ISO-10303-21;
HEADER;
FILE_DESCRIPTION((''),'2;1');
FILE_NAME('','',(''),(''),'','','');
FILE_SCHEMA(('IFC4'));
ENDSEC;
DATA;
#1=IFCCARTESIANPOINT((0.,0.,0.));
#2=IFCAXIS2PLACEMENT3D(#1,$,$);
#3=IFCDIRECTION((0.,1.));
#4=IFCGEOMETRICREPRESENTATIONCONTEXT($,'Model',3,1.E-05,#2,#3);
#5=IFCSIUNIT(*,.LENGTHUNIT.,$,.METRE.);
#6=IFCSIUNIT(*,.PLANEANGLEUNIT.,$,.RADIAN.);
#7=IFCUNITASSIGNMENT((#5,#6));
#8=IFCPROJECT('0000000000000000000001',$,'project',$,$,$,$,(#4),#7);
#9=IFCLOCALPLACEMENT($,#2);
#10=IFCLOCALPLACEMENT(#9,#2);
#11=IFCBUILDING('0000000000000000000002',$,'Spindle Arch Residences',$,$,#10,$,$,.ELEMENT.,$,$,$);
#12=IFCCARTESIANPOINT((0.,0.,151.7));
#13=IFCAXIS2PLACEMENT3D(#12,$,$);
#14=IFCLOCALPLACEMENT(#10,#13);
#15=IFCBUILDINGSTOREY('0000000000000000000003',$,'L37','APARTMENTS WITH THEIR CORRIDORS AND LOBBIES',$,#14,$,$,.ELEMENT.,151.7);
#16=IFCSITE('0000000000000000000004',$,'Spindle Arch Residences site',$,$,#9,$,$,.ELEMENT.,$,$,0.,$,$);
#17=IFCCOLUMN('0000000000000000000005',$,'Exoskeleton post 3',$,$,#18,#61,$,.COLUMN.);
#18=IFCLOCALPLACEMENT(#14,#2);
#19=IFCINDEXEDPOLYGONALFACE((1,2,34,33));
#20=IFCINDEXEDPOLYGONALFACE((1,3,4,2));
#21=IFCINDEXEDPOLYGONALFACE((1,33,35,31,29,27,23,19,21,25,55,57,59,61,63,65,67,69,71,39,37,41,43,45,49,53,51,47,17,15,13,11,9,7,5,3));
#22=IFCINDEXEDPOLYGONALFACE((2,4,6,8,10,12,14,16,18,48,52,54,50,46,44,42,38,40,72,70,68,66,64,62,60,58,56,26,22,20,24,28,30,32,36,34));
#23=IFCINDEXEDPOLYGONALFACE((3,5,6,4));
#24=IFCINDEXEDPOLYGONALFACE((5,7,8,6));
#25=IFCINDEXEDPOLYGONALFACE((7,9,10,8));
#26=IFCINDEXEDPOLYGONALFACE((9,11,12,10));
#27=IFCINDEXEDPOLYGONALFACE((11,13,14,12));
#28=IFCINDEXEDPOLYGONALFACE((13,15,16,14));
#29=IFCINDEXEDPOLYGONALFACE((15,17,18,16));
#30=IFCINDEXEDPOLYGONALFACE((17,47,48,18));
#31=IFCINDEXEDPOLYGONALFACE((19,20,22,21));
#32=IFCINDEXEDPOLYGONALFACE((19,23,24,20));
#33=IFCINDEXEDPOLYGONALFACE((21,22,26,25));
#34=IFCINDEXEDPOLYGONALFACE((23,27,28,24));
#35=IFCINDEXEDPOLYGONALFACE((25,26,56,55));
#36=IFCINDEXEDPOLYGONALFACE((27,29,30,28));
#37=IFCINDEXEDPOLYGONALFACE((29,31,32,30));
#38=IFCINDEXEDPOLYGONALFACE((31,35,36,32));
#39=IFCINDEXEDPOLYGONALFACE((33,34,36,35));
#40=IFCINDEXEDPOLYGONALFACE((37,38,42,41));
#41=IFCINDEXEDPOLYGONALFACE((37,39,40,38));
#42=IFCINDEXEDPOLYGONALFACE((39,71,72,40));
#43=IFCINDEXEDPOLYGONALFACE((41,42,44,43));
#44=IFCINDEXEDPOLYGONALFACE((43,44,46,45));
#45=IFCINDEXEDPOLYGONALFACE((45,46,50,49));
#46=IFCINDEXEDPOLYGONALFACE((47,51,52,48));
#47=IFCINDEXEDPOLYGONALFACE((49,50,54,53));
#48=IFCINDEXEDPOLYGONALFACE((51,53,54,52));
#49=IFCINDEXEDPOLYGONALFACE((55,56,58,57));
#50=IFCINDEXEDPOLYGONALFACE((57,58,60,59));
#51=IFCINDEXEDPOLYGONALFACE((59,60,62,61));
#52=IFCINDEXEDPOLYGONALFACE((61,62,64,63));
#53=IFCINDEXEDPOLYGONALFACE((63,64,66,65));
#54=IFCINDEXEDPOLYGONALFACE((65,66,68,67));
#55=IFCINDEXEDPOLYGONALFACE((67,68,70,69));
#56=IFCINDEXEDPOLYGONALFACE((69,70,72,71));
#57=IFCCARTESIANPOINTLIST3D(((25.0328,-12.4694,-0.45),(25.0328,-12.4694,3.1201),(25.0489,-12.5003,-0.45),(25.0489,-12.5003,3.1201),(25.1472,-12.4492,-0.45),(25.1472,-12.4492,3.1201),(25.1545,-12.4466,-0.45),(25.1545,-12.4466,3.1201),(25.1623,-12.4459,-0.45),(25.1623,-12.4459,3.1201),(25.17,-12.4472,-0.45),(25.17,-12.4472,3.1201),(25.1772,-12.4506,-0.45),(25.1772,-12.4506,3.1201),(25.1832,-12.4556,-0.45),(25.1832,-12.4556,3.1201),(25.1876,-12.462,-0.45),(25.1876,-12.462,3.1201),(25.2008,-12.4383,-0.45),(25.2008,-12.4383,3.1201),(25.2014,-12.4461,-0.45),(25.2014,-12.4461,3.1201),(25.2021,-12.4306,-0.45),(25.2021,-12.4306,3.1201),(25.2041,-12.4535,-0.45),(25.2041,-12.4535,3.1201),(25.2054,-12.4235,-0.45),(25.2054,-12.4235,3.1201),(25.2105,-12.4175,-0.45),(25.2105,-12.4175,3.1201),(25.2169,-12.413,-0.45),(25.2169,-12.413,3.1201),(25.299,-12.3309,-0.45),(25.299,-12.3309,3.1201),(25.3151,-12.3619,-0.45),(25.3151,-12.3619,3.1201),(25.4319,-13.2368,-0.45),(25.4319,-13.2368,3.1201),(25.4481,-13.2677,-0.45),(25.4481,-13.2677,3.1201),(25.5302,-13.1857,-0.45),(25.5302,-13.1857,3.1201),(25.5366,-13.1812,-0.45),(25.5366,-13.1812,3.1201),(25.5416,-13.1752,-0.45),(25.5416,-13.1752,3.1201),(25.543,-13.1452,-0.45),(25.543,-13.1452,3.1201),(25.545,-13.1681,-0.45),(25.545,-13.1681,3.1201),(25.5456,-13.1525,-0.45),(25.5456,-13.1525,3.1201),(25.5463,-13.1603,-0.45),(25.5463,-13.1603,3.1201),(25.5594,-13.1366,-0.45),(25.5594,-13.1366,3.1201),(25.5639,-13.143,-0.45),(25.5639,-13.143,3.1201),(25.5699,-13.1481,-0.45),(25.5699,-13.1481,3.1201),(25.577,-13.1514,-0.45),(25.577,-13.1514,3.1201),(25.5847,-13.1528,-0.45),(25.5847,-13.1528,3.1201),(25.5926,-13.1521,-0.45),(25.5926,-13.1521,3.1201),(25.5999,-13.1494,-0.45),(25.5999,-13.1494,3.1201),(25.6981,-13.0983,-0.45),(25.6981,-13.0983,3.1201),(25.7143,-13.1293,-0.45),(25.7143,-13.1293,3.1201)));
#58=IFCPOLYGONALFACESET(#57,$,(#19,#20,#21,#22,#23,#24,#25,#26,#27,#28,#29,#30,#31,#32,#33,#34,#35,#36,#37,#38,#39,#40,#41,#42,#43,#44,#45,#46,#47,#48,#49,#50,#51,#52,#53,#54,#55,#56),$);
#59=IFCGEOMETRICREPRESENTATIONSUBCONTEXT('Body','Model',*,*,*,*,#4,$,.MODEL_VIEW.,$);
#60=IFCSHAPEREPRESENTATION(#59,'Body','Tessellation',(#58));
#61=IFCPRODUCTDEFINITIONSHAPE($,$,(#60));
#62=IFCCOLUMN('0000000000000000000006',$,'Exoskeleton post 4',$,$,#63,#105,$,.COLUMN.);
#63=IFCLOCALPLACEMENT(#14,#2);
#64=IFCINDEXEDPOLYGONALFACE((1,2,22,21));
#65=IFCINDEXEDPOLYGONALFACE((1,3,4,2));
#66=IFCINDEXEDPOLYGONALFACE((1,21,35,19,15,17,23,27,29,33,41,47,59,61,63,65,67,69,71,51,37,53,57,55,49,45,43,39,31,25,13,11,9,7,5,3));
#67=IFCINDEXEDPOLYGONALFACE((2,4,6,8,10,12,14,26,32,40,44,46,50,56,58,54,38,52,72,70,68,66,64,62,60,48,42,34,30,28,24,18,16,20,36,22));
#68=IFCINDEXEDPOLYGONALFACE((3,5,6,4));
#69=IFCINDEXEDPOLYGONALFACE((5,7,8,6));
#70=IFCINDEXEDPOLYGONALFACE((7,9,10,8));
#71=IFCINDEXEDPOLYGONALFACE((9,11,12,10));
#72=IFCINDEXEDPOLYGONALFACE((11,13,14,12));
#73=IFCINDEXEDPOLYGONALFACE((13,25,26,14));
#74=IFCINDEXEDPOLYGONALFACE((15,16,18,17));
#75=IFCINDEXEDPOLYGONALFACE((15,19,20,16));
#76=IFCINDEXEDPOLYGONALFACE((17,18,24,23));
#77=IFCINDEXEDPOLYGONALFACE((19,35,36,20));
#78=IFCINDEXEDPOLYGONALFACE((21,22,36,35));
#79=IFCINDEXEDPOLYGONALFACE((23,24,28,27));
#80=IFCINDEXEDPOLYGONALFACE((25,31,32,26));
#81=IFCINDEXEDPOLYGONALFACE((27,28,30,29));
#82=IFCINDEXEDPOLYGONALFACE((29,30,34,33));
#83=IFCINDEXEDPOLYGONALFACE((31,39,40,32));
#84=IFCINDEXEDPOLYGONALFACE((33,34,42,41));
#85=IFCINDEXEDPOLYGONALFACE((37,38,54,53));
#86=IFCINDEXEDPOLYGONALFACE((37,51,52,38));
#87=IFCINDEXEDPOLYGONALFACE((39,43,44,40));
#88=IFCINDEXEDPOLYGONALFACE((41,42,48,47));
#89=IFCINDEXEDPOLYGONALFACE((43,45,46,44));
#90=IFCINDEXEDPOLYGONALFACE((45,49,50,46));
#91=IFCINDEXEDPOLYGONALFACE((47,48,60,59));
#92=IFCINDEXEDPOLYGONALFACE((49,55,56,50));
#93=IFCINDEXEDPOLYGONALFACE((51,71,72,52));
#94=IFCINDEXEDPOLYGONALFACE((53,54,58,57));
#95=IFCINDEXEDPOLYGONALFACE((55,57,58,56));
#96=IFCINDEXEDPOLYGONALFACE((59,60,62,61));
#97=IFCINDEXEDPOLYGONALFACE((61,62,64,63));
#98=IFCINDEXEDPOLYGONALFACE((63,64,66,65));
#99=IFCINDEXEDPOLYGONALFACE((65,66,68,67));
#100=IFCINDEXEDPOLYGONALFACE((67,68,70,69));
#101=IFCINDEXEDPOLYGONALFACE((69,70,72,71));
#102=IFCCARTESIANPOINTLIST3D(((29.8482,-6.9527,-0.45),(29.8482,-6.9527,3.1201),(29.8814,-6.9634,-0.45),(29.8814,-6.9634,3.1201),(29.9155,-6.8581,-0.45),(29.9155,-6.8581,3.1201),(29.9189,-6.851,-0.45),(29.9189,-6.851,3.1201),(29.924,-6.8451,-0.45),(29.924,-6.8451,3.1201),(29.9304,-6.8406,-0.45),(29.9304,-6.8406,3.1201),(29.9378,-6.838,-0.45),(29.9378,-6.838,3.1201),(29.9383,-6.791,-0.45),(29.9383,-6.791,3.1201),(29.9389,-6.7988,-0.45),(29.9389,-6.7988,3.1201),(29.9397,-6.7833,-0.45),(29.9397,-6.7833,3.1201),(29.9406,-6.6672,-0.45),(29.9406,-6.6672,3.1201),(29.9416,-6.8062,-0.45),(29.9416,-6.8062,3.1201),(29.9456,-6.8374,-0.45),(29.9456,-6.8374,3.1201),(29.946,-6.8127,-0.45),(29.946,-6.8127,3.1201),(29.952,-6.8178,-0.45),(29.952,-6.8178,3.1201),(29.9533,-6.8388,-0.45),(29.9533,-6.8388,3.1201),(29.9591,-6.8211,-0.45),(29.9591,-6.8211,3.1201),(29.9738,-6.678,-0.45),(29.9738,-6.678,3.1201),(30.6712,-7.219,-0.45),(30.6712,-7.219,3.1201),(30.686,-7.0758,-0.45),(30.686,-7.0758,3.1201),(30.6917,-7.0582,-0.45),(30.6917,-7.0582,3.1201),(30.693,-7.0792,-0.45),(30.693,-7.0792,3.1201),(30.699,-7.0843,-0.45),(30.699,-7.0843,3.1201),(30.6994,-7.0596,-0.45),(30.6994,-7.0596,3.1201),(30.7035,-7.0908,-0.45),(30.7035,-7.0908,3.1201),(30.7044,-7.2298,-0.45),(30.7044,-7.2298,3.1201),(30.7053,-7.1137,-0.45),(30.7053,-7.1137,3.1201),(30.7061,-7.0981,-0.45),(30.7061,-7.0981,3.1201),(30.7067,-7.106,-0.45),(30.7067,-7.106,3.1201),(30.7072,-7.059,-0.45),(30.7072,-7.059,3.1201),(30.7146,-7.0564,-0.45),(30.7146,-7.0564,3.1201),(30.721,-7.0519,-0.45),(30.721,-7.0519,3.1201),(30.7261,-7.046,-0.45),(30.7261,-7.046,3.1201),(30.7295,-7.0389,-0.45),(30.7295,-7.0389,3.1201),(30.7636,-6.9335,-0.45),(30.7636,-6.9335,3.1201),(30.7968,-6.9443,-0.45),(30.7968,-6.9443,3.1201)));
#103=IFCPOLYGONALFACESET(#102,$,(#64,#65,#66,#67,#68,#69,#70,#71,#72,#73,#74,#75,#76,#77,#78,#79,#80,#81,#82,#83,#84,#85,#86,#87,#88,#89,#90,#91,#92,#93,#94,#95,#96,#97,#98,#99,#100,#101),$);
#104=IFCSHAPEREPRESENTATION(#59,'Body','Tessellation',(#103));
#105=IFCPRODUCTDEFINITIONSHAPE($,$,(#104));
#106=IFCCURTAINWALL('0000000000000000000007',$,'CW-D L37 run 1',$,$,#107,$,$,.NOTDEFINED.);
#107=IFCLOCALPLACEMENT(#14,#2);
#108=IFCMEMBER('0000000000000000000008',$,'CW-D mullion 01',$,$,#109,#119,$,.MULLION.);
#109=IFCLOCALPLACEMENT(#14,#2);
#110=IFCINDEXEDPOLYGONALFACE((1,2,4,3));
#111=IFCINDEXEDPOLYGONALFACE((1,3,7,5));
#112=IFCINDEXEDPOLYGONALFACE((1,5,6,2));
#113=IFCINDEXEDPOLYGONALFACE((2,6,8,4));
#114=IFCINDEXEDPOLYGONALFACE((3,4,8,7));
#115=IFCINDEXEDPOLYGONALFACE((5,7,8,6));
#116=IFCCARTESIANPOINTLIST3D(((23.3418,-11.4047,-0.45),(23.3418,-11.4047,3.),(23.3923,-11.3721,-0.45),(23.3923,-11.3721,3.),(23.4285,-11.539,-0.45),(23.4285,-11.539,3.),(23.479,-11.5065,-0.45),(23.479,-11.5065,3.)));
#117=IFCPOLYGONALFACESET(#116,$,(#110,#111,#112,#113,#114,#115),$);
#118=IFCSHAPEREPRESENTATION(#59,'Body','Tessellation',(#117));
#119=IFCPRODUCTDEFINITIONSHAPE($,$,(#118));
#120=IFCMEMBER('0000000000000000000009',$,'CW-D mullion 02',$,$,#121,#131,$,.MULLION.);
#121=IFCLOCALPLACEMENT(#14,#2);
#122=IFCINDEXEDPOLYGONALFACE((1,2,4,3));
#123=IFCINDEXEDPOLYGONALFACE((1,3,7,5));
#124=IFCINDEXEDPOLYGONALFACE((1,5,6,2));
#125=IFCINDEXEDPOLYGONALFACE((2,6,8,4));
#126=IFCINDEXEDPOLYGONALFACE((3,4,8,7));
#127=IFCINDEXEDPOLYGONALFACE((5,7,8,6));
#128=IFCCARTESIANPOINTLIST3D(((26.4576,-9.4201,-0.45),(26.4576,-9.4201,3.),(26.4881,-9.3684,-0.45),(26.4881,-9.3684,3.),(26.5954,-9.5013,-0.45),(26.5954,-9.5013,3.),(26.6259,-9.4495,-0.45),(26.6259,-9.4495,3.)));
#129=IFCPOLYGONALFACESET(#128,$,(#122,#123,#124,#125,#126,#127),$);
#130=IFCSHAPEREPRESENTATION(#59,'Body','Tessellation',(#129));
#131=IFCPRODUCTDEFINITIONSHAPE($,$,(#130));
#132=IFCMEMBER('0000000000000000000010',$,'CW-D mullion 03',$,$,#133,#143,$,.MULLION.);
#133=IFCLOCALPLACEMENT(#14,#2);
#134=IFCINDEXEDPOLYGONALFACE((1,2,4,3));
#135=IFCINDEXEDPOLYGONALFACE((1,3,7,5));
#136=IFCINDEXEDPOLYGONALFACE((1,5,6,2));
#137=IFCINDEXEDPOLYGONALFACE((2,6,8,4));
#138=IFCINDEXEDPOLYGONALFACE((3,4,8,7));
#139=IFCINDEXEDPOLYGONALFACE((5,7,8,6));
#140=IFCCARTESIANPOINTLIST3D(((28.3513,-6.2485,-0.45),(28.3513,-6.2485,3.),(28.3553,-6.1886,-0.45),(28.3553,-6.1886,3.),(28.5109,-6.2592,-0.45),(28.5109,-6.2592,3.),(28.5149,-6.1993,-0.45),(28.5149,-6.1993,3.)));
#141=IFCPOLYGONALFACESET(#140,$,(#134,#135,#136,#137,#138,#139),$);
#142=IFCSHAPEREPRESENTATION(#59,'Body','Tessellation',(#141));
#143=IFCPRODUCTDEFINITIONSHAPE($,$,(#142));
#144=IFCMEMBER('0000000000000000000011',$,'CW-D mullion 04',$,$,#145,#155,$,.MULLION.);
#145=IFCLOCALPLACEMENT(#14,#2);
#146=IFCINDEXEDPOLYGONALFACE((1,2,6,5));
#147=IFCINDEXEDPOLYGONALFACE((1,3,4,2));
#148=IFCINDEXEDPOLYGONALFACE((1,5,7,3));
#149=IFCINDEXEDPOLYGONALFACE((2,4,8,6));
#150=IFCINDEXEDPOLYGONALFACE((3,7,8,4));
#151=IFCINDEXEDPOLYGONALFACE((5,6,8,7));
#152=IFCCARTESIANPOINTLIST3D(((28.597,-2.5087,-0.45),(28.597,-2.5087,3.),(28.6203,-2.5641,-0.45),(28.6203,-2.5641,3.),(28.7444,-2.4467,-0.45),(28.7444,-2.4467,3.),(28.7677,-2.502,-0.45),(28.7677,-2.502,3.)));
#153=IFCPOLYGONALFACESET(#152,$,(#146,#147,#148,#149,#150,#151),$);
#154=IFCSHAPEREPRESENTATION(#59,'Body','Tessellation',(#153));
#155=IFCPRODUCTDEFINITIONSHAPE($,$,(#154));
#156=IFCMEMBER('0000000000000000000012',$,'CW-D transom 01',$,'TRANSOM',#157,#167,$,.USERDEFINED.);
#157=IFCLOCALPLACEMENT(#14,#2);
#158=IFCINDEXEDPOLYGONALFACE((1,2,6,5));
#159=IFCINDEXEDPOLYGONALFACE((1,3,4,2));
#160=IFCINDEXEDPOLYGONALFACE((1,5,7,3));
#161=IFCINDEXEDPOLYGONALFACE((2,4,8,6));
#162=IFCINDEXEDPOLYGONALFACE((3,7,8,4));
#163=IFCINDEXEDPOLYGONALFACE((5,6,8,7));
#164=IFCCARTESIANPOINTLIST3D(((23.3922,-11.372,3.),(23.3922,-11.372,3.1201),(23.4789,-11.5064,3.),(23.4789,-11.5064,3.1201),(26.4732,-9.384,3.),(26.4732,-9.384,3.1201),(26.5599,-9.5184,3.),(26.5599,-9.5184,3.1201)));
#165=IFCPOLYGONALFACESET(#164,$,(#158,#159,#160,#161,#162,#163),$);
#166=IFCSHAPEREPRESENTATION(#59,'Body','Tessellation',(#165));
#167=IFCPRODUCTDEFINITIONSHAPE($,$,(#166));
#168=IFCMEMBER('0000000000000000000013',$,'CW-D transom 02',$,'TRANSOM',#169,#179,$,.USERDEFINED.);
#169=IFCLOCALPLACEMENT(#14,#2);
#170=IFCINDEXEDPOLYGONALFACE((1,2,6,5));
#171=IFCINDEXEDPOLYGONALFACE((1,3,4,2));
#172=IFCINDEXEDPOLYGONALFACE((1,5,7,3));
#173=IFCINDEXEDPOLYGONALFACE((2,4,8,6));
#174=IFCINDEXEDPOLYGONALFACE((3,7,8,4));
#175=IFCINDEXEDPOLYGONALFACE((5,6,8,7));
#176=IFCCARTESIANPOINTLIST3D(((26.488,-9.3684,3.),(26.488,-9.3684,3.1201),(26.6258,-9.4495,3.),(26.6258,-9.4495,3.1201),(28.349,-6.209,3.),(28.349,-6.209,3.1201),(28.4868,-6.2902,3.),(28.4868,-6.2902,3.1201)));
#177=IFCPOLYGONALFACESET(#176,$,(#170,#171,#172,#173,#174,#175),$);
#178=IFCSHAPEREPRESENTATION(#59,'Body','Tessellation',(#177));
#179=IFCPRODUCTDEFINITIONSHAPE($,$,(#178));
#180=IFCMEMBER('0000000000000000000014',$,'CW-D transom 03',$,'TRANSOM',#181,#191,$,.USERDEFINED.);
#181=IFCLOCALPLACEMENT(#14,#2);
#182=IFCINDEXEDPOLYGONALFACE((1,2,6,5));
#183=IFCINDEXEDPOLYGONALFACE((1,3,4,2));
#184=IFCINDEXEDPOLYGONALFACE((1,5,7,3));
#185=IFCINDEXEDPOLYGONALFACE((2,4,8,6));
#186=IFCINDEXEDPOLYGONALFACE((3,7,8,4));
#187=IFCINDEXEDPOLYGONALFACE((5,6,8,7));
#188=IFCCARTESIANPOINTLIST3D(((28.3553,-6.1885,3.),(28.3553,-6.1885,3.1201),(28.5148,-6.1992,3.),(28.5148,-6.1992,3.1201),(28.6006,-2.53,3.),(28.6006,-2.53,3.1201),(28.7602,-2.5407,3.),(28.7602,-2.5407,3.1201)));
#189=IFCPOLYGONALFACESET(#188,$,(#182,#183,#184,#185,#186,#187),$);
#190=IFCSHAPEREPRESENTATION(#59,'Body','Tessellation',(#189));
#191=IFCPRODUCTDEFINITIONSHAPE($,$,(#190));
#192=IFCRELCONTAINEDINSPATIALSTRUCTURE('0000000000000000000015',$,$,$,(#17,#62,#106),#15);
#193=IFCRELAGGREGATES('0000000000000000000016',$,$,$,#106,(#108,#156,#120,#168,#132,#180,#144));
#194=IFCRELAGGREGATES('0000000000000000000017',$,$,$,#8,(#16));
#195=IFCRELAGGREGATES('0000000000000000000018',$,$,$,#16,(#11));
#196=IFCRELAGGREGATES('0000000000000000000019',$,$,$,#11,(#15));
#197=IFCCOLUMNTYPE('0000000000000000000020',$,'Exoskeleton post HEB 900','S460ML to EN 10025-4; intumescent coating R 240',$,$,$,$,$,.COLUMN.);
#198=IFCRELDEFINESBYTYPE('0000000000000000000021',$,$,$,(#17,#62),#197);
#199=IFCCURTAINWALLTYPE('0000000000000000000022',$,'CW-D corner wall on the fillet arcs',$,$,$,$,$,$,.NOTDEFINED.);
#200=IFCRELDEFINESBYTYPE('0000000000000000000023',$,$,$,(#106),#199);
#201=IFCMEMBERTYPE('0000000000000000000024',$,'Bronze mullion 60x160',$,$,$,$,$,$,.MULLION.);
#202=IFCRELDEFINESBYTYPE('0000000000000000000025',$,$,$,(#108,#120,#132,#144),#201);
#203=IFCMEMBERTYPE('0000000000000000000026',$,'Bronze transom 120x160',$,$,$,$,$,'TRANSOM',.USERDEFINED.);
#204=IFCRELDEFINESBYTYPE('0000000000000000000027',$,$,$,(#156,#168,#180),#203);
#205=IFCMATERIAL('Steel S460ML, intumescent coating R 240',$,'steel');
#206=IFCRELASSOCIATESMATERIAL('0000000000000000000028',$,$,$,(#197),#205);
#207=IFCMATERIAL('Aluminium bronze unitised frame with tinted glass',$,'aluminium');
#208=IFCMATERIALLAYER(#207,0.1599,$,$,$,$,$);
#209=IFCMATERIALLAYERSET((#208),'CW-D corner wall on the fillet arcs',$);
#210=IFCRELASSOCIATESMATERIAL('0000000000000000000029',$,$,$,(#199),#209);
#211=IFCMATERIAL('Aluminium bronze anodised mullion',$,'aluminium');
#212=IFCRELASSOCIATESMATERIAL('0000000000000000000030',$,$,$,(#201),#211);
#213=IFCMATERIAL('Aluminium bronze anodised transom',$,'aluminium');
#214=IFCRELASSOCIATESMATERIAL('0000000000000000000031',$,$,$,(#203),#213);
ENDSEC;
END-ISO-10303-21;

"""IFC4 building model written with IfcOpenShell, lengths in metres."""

from ifc_helpers import new_model, si_unit, direction, frame, origin, origin_2d, place, context, subcontext, project, spatial, rectangle, i_section, extrude, material, layer, layer_set, material_profile, profile_set, type_object, element, aggregate, save


model = new_model("IFC4")

# Units and contexts
model_context = context("Model", 3, precision=1e-05, world=origin(), true_north=direction((0.0, 1.0)))
body_context = subcontext(model_context, "Body", "Model", "MODEL_VIEW")
ifc_project = project(units=[si_unit("LENGTHUNIT", "METRE"), si_unit("PLANEANGLEUNIT", "RADIAN")], contexts=[model_context])

# Site, building, storey
site_placement = place(None, origin())
site = spatial("IfcSite", under=ifc_project, at=site_placement, Name="Spindle Arch Residences site", CompositionType="ELEMENT", RefElevation=0.0)
building_placement = place(site_placement, origin())
building = spatial("IfcBuilding", under=site, at=building_placement, Name="Spindle Arch Residences", CompositionType="ELEMENT")
storey_placement = place(building_placement, frame((0.0, 0.0, 151.7)))
storey = spatial("IfcBuildingStorey", under=building, at=storey_placement, Name="L37", Description="APARTMENTS WITH THEIR CORRIDORS AND LOBBIES", CompositionType="ELEMENT", Elevation=151.7)

# Columns
ifc_material_1 = material(Name="Steel S460ML, intumescent coating R 240", Category="steel")
ifc_material_profile_1 = material_profile(ifc_material_1, i_section(OverallWidth=0.3, OverallDepth=0.8999, WebThickness=0.0186, FlangeThickness=0.0349, FilletRadius=0.03, at=origin_2d()), Name="HEB 900")
ifc_profile_set_1 = profile_set([ifc_material_profile_1], Name="Steel S460ML, intumescent coating R 240")
column_type = type_object("IfcColumnType", Name="Exoskeleton post HEB 900", Description="S460ML to EN 10025-4; intumescent coating R 240", PredefinedType="COLUMN", material=ifc_profile_set_1)
for number, where, z_axis, x_axis, name in (
    (1, (25.3735, -12.7993, -0.45), (0.0, 0.0, 1.0), (-0.887176, -0.46143, 0.0), "Exoskeleton post 3"),
    (2, (30.3225, -6.9485, -0.45), (0.0, 0.0, 1.0), (-0.30788, -0.951425, 0.0), "Exoskeleton post 4"),
):
    element("IfcColumn", number, at=place(storey_placement, frame(where, z_axis=z_axis, x_axis=x_axis)), inside=storey, type_object=column_type, Name=name, PredefinedType="COLUMN", context=body_context, shape_type="SweptSolid", body=[
        extrude(i_section(OverallWidth=0.3, OverallDepth=0.8999, WebThickness=0.0186, FlangeThickness=0.0349, FilletRadius=0.03, at=origin_2d()), origin(), (0.0, 0.0, 1.0), 3.5701),
    ])

# Curtain wall, members
ifc_material_2 = material(Name="Aluminium bronze unitised frame with tinted glass", Category="aluminium")
ifc_layer_1 = layer(ifc_material_2, 0.1599)
ifc_layer_set_1 = layer_set([ifc_layer_1], Name="CW-D corner wall on the fillet arcs")
curtain_wall_type = type_object("IfcCurtainWallType", Name="CW-D corner wall on the fillet arcs", PredefinedType="NOTDEFINED", material=ifc_layer_set_1)
curtain_wall_placement = place(storey_placement, origin())
curtain_wall = element("IfcCurtainWall", 3, at=curtain_wall_placement, inside=storey, type_object=curtain_wall_type, Name="CW-D L37 run 1", PredefinedType="NOTDEFINED")
ifc_material_3 = material(Name="Aluminium bronze anodised mullion", Category="aluminium")
ifc_material_profile_2 = material_profile(ifc_material_3, rectangle(XDim=0.1599, YDim=0.0601, at=origin_2d()), Name="MU 60x160")
ifc_profile_set_2 = profile_set([ifc_material_profile_2], Name="Aluminium bronze anodised mullion")
member_type_1 = type_object("IfcMemberType", Name="Bronze mullion 60x160", PredefinedType="MULLION", material=ifc_profile_set_2)
member_1_placement = place(storey_placement, frame((23.4104, -11.4556, -0.45), z_axis=(0.0, 0.0, 1.0), x_axis=(-0.542197, 0.840251, 0.0)))
member_1 = element("IfcMember", 4, at=member_1_placement, type_object=member_type_1, Name="CW-D mullion 01", PredefinedType="MULLION", context=body_context, shape_type="SweptSolid", body=[
    extrude(rectangle(XDim=0.1599, YDim=0.0601, at=origin_2d()), origin(), (0.0, 0.0, 1.0), 3.45),
])
member_2_placement = place(storey_placement, frame((26.5417, -9.4348, -0.45), z_axis=(0.0, 0.0, 1.0), x_axis=(-0.861629, 0.507538, 0.0)))
member_2 = element("IfcMember", 5, at=member_2_placement, type_object=member_type_1, Name="CW-D mullion 02", PredefinedType="MULLION", context=body_context, shape_type="SweptSolid", body=[
    extrude(rectangle(XDim=0.1599, YDim=0.0601, at=origin_2d()), origin(), (0.0, 0.0, 1.0), 3.45),
])
member_3_placement = place(storey_placement, frame((28.4331, -6.2239, -0.45), z_axis=(0.0, 0.0, 1.0), x_axis=(-0.997763, 0.066854, 0.0)))
member_3 = element("IfcMember", 6, at=member_3_placement, type_object=member_type_1, Name="CW-D mullion 03", PredefinedType="MULLION", context=body_context, shape_type="SweptSolid", body=[
    extrude(rectangle(XDim=0.1599, YDim=0.0601, at=origin_2d()), origin(), (0.0, 0.0, 1.0), 3.45),
])
member_4_placement = place(storey_placement, frame((28.6824, -2.5054, -0.45), z_axis=(0.0, 0.0, 1.0), x_axis=(-0.921638, -0.388052, 0.0)))
member_4 = element("IfcMember", 7, at=member_4_placement, type_object=member_type_1, Name="CW-D mullion 04", PredefinedType="MULLION", context=body_context, shape_type="SweptSolid", body=[
    extrude(rectangle(XDim=0.1599, YDim=0.0601, at=origin_2d()), origin(), (0.0, 0.0, 1.0), 3.45),
])
ifc_material_4 = material(Name="Aluminium bronze anodised transom", Category="aluminium")
ifc_material_profile_3 = material_profile(ifc_material_4, rectangle(XDim=0.1599, YDim=0.1201, at=origin_2d()), Name="TR 120x160")
ifc_profile_set_3 = profile_set([ifc_material_profile_3], Name="Aluminium bronze anodised transom")
member_type_2 = type_object("IfcMemberType", Name="Bronze transom 120x160", ElementType="TRANSOM", PredefinedType="USERDEFINED", material=ifc_profile_set_3)
member_5_placement = place(storey_placement, frame((23.4355, -11.4392, 3.0601), z_axis=(0.840264, 0.542177, 0.0), x_axis=(-0.542177, 0.840264, 0.0)))
member_5 = element("IfcMember", 8, at=member_5_placement, type_object=member_type_2, Name="CW-D transom 01", ObjectType="TRANSOM", PredefinedType="USERDEFINED", context=body_context, shape_type="SweptSolid", body=[
    extrude(rectangle(XDim=0.1599, YDim=0.1201, at=origin_2d()), origin(), (0.0, 0.0, 1.0), 3.6667),
])
member_6_placement = place(storey_placement, frame((26.5569, -9.4089, 3.0601), z_axis=(0.507547, 0.861624, 0.0), x_axis=(-0.861624, 0.507547, 0.0)))
member_6 = element("IfcMember", 9, at=member_6_placement, type_object=member_type_2, Name="CW-D transom 02", ObjectType="TRANSOM", PredefinedType="USERDEFINED", context=body_context, shape_type="SweptSolid", body=[
    extrude(rectangle(XDim=0.1599, YDim=0.1201, at=origin_2d()), origin(), (0.0, 0.0, 1.0), 3.6667),
])
member_7_placement = place(storey_placement, frame((28.4351, -6.1938, 3.0601), z_axis=(0.066917, 0.997759, 0.0), x_axis=(-0.997759, 0.066917, 0.0)))
member_7 = element("IfcMember", 10, at=member_7_placement, type_object=member_type_2, Name="CW-D transom 03", ObjectType="TRANSOM", PredefinedType="USERDEFINED", context=body_context, shape_type="SweptSolid", body=[
    extrude(rectangle(XDim=0.1599, YDim=0.1201, at=origin_2d()), origin(), (0.0, 0.0, 1.0), 3.6667),
])

aggregate(curtain_wall, [member_1, member_5, member_2, member_6, member_3, member_7, member_4])

save(model, "model.ifc")
